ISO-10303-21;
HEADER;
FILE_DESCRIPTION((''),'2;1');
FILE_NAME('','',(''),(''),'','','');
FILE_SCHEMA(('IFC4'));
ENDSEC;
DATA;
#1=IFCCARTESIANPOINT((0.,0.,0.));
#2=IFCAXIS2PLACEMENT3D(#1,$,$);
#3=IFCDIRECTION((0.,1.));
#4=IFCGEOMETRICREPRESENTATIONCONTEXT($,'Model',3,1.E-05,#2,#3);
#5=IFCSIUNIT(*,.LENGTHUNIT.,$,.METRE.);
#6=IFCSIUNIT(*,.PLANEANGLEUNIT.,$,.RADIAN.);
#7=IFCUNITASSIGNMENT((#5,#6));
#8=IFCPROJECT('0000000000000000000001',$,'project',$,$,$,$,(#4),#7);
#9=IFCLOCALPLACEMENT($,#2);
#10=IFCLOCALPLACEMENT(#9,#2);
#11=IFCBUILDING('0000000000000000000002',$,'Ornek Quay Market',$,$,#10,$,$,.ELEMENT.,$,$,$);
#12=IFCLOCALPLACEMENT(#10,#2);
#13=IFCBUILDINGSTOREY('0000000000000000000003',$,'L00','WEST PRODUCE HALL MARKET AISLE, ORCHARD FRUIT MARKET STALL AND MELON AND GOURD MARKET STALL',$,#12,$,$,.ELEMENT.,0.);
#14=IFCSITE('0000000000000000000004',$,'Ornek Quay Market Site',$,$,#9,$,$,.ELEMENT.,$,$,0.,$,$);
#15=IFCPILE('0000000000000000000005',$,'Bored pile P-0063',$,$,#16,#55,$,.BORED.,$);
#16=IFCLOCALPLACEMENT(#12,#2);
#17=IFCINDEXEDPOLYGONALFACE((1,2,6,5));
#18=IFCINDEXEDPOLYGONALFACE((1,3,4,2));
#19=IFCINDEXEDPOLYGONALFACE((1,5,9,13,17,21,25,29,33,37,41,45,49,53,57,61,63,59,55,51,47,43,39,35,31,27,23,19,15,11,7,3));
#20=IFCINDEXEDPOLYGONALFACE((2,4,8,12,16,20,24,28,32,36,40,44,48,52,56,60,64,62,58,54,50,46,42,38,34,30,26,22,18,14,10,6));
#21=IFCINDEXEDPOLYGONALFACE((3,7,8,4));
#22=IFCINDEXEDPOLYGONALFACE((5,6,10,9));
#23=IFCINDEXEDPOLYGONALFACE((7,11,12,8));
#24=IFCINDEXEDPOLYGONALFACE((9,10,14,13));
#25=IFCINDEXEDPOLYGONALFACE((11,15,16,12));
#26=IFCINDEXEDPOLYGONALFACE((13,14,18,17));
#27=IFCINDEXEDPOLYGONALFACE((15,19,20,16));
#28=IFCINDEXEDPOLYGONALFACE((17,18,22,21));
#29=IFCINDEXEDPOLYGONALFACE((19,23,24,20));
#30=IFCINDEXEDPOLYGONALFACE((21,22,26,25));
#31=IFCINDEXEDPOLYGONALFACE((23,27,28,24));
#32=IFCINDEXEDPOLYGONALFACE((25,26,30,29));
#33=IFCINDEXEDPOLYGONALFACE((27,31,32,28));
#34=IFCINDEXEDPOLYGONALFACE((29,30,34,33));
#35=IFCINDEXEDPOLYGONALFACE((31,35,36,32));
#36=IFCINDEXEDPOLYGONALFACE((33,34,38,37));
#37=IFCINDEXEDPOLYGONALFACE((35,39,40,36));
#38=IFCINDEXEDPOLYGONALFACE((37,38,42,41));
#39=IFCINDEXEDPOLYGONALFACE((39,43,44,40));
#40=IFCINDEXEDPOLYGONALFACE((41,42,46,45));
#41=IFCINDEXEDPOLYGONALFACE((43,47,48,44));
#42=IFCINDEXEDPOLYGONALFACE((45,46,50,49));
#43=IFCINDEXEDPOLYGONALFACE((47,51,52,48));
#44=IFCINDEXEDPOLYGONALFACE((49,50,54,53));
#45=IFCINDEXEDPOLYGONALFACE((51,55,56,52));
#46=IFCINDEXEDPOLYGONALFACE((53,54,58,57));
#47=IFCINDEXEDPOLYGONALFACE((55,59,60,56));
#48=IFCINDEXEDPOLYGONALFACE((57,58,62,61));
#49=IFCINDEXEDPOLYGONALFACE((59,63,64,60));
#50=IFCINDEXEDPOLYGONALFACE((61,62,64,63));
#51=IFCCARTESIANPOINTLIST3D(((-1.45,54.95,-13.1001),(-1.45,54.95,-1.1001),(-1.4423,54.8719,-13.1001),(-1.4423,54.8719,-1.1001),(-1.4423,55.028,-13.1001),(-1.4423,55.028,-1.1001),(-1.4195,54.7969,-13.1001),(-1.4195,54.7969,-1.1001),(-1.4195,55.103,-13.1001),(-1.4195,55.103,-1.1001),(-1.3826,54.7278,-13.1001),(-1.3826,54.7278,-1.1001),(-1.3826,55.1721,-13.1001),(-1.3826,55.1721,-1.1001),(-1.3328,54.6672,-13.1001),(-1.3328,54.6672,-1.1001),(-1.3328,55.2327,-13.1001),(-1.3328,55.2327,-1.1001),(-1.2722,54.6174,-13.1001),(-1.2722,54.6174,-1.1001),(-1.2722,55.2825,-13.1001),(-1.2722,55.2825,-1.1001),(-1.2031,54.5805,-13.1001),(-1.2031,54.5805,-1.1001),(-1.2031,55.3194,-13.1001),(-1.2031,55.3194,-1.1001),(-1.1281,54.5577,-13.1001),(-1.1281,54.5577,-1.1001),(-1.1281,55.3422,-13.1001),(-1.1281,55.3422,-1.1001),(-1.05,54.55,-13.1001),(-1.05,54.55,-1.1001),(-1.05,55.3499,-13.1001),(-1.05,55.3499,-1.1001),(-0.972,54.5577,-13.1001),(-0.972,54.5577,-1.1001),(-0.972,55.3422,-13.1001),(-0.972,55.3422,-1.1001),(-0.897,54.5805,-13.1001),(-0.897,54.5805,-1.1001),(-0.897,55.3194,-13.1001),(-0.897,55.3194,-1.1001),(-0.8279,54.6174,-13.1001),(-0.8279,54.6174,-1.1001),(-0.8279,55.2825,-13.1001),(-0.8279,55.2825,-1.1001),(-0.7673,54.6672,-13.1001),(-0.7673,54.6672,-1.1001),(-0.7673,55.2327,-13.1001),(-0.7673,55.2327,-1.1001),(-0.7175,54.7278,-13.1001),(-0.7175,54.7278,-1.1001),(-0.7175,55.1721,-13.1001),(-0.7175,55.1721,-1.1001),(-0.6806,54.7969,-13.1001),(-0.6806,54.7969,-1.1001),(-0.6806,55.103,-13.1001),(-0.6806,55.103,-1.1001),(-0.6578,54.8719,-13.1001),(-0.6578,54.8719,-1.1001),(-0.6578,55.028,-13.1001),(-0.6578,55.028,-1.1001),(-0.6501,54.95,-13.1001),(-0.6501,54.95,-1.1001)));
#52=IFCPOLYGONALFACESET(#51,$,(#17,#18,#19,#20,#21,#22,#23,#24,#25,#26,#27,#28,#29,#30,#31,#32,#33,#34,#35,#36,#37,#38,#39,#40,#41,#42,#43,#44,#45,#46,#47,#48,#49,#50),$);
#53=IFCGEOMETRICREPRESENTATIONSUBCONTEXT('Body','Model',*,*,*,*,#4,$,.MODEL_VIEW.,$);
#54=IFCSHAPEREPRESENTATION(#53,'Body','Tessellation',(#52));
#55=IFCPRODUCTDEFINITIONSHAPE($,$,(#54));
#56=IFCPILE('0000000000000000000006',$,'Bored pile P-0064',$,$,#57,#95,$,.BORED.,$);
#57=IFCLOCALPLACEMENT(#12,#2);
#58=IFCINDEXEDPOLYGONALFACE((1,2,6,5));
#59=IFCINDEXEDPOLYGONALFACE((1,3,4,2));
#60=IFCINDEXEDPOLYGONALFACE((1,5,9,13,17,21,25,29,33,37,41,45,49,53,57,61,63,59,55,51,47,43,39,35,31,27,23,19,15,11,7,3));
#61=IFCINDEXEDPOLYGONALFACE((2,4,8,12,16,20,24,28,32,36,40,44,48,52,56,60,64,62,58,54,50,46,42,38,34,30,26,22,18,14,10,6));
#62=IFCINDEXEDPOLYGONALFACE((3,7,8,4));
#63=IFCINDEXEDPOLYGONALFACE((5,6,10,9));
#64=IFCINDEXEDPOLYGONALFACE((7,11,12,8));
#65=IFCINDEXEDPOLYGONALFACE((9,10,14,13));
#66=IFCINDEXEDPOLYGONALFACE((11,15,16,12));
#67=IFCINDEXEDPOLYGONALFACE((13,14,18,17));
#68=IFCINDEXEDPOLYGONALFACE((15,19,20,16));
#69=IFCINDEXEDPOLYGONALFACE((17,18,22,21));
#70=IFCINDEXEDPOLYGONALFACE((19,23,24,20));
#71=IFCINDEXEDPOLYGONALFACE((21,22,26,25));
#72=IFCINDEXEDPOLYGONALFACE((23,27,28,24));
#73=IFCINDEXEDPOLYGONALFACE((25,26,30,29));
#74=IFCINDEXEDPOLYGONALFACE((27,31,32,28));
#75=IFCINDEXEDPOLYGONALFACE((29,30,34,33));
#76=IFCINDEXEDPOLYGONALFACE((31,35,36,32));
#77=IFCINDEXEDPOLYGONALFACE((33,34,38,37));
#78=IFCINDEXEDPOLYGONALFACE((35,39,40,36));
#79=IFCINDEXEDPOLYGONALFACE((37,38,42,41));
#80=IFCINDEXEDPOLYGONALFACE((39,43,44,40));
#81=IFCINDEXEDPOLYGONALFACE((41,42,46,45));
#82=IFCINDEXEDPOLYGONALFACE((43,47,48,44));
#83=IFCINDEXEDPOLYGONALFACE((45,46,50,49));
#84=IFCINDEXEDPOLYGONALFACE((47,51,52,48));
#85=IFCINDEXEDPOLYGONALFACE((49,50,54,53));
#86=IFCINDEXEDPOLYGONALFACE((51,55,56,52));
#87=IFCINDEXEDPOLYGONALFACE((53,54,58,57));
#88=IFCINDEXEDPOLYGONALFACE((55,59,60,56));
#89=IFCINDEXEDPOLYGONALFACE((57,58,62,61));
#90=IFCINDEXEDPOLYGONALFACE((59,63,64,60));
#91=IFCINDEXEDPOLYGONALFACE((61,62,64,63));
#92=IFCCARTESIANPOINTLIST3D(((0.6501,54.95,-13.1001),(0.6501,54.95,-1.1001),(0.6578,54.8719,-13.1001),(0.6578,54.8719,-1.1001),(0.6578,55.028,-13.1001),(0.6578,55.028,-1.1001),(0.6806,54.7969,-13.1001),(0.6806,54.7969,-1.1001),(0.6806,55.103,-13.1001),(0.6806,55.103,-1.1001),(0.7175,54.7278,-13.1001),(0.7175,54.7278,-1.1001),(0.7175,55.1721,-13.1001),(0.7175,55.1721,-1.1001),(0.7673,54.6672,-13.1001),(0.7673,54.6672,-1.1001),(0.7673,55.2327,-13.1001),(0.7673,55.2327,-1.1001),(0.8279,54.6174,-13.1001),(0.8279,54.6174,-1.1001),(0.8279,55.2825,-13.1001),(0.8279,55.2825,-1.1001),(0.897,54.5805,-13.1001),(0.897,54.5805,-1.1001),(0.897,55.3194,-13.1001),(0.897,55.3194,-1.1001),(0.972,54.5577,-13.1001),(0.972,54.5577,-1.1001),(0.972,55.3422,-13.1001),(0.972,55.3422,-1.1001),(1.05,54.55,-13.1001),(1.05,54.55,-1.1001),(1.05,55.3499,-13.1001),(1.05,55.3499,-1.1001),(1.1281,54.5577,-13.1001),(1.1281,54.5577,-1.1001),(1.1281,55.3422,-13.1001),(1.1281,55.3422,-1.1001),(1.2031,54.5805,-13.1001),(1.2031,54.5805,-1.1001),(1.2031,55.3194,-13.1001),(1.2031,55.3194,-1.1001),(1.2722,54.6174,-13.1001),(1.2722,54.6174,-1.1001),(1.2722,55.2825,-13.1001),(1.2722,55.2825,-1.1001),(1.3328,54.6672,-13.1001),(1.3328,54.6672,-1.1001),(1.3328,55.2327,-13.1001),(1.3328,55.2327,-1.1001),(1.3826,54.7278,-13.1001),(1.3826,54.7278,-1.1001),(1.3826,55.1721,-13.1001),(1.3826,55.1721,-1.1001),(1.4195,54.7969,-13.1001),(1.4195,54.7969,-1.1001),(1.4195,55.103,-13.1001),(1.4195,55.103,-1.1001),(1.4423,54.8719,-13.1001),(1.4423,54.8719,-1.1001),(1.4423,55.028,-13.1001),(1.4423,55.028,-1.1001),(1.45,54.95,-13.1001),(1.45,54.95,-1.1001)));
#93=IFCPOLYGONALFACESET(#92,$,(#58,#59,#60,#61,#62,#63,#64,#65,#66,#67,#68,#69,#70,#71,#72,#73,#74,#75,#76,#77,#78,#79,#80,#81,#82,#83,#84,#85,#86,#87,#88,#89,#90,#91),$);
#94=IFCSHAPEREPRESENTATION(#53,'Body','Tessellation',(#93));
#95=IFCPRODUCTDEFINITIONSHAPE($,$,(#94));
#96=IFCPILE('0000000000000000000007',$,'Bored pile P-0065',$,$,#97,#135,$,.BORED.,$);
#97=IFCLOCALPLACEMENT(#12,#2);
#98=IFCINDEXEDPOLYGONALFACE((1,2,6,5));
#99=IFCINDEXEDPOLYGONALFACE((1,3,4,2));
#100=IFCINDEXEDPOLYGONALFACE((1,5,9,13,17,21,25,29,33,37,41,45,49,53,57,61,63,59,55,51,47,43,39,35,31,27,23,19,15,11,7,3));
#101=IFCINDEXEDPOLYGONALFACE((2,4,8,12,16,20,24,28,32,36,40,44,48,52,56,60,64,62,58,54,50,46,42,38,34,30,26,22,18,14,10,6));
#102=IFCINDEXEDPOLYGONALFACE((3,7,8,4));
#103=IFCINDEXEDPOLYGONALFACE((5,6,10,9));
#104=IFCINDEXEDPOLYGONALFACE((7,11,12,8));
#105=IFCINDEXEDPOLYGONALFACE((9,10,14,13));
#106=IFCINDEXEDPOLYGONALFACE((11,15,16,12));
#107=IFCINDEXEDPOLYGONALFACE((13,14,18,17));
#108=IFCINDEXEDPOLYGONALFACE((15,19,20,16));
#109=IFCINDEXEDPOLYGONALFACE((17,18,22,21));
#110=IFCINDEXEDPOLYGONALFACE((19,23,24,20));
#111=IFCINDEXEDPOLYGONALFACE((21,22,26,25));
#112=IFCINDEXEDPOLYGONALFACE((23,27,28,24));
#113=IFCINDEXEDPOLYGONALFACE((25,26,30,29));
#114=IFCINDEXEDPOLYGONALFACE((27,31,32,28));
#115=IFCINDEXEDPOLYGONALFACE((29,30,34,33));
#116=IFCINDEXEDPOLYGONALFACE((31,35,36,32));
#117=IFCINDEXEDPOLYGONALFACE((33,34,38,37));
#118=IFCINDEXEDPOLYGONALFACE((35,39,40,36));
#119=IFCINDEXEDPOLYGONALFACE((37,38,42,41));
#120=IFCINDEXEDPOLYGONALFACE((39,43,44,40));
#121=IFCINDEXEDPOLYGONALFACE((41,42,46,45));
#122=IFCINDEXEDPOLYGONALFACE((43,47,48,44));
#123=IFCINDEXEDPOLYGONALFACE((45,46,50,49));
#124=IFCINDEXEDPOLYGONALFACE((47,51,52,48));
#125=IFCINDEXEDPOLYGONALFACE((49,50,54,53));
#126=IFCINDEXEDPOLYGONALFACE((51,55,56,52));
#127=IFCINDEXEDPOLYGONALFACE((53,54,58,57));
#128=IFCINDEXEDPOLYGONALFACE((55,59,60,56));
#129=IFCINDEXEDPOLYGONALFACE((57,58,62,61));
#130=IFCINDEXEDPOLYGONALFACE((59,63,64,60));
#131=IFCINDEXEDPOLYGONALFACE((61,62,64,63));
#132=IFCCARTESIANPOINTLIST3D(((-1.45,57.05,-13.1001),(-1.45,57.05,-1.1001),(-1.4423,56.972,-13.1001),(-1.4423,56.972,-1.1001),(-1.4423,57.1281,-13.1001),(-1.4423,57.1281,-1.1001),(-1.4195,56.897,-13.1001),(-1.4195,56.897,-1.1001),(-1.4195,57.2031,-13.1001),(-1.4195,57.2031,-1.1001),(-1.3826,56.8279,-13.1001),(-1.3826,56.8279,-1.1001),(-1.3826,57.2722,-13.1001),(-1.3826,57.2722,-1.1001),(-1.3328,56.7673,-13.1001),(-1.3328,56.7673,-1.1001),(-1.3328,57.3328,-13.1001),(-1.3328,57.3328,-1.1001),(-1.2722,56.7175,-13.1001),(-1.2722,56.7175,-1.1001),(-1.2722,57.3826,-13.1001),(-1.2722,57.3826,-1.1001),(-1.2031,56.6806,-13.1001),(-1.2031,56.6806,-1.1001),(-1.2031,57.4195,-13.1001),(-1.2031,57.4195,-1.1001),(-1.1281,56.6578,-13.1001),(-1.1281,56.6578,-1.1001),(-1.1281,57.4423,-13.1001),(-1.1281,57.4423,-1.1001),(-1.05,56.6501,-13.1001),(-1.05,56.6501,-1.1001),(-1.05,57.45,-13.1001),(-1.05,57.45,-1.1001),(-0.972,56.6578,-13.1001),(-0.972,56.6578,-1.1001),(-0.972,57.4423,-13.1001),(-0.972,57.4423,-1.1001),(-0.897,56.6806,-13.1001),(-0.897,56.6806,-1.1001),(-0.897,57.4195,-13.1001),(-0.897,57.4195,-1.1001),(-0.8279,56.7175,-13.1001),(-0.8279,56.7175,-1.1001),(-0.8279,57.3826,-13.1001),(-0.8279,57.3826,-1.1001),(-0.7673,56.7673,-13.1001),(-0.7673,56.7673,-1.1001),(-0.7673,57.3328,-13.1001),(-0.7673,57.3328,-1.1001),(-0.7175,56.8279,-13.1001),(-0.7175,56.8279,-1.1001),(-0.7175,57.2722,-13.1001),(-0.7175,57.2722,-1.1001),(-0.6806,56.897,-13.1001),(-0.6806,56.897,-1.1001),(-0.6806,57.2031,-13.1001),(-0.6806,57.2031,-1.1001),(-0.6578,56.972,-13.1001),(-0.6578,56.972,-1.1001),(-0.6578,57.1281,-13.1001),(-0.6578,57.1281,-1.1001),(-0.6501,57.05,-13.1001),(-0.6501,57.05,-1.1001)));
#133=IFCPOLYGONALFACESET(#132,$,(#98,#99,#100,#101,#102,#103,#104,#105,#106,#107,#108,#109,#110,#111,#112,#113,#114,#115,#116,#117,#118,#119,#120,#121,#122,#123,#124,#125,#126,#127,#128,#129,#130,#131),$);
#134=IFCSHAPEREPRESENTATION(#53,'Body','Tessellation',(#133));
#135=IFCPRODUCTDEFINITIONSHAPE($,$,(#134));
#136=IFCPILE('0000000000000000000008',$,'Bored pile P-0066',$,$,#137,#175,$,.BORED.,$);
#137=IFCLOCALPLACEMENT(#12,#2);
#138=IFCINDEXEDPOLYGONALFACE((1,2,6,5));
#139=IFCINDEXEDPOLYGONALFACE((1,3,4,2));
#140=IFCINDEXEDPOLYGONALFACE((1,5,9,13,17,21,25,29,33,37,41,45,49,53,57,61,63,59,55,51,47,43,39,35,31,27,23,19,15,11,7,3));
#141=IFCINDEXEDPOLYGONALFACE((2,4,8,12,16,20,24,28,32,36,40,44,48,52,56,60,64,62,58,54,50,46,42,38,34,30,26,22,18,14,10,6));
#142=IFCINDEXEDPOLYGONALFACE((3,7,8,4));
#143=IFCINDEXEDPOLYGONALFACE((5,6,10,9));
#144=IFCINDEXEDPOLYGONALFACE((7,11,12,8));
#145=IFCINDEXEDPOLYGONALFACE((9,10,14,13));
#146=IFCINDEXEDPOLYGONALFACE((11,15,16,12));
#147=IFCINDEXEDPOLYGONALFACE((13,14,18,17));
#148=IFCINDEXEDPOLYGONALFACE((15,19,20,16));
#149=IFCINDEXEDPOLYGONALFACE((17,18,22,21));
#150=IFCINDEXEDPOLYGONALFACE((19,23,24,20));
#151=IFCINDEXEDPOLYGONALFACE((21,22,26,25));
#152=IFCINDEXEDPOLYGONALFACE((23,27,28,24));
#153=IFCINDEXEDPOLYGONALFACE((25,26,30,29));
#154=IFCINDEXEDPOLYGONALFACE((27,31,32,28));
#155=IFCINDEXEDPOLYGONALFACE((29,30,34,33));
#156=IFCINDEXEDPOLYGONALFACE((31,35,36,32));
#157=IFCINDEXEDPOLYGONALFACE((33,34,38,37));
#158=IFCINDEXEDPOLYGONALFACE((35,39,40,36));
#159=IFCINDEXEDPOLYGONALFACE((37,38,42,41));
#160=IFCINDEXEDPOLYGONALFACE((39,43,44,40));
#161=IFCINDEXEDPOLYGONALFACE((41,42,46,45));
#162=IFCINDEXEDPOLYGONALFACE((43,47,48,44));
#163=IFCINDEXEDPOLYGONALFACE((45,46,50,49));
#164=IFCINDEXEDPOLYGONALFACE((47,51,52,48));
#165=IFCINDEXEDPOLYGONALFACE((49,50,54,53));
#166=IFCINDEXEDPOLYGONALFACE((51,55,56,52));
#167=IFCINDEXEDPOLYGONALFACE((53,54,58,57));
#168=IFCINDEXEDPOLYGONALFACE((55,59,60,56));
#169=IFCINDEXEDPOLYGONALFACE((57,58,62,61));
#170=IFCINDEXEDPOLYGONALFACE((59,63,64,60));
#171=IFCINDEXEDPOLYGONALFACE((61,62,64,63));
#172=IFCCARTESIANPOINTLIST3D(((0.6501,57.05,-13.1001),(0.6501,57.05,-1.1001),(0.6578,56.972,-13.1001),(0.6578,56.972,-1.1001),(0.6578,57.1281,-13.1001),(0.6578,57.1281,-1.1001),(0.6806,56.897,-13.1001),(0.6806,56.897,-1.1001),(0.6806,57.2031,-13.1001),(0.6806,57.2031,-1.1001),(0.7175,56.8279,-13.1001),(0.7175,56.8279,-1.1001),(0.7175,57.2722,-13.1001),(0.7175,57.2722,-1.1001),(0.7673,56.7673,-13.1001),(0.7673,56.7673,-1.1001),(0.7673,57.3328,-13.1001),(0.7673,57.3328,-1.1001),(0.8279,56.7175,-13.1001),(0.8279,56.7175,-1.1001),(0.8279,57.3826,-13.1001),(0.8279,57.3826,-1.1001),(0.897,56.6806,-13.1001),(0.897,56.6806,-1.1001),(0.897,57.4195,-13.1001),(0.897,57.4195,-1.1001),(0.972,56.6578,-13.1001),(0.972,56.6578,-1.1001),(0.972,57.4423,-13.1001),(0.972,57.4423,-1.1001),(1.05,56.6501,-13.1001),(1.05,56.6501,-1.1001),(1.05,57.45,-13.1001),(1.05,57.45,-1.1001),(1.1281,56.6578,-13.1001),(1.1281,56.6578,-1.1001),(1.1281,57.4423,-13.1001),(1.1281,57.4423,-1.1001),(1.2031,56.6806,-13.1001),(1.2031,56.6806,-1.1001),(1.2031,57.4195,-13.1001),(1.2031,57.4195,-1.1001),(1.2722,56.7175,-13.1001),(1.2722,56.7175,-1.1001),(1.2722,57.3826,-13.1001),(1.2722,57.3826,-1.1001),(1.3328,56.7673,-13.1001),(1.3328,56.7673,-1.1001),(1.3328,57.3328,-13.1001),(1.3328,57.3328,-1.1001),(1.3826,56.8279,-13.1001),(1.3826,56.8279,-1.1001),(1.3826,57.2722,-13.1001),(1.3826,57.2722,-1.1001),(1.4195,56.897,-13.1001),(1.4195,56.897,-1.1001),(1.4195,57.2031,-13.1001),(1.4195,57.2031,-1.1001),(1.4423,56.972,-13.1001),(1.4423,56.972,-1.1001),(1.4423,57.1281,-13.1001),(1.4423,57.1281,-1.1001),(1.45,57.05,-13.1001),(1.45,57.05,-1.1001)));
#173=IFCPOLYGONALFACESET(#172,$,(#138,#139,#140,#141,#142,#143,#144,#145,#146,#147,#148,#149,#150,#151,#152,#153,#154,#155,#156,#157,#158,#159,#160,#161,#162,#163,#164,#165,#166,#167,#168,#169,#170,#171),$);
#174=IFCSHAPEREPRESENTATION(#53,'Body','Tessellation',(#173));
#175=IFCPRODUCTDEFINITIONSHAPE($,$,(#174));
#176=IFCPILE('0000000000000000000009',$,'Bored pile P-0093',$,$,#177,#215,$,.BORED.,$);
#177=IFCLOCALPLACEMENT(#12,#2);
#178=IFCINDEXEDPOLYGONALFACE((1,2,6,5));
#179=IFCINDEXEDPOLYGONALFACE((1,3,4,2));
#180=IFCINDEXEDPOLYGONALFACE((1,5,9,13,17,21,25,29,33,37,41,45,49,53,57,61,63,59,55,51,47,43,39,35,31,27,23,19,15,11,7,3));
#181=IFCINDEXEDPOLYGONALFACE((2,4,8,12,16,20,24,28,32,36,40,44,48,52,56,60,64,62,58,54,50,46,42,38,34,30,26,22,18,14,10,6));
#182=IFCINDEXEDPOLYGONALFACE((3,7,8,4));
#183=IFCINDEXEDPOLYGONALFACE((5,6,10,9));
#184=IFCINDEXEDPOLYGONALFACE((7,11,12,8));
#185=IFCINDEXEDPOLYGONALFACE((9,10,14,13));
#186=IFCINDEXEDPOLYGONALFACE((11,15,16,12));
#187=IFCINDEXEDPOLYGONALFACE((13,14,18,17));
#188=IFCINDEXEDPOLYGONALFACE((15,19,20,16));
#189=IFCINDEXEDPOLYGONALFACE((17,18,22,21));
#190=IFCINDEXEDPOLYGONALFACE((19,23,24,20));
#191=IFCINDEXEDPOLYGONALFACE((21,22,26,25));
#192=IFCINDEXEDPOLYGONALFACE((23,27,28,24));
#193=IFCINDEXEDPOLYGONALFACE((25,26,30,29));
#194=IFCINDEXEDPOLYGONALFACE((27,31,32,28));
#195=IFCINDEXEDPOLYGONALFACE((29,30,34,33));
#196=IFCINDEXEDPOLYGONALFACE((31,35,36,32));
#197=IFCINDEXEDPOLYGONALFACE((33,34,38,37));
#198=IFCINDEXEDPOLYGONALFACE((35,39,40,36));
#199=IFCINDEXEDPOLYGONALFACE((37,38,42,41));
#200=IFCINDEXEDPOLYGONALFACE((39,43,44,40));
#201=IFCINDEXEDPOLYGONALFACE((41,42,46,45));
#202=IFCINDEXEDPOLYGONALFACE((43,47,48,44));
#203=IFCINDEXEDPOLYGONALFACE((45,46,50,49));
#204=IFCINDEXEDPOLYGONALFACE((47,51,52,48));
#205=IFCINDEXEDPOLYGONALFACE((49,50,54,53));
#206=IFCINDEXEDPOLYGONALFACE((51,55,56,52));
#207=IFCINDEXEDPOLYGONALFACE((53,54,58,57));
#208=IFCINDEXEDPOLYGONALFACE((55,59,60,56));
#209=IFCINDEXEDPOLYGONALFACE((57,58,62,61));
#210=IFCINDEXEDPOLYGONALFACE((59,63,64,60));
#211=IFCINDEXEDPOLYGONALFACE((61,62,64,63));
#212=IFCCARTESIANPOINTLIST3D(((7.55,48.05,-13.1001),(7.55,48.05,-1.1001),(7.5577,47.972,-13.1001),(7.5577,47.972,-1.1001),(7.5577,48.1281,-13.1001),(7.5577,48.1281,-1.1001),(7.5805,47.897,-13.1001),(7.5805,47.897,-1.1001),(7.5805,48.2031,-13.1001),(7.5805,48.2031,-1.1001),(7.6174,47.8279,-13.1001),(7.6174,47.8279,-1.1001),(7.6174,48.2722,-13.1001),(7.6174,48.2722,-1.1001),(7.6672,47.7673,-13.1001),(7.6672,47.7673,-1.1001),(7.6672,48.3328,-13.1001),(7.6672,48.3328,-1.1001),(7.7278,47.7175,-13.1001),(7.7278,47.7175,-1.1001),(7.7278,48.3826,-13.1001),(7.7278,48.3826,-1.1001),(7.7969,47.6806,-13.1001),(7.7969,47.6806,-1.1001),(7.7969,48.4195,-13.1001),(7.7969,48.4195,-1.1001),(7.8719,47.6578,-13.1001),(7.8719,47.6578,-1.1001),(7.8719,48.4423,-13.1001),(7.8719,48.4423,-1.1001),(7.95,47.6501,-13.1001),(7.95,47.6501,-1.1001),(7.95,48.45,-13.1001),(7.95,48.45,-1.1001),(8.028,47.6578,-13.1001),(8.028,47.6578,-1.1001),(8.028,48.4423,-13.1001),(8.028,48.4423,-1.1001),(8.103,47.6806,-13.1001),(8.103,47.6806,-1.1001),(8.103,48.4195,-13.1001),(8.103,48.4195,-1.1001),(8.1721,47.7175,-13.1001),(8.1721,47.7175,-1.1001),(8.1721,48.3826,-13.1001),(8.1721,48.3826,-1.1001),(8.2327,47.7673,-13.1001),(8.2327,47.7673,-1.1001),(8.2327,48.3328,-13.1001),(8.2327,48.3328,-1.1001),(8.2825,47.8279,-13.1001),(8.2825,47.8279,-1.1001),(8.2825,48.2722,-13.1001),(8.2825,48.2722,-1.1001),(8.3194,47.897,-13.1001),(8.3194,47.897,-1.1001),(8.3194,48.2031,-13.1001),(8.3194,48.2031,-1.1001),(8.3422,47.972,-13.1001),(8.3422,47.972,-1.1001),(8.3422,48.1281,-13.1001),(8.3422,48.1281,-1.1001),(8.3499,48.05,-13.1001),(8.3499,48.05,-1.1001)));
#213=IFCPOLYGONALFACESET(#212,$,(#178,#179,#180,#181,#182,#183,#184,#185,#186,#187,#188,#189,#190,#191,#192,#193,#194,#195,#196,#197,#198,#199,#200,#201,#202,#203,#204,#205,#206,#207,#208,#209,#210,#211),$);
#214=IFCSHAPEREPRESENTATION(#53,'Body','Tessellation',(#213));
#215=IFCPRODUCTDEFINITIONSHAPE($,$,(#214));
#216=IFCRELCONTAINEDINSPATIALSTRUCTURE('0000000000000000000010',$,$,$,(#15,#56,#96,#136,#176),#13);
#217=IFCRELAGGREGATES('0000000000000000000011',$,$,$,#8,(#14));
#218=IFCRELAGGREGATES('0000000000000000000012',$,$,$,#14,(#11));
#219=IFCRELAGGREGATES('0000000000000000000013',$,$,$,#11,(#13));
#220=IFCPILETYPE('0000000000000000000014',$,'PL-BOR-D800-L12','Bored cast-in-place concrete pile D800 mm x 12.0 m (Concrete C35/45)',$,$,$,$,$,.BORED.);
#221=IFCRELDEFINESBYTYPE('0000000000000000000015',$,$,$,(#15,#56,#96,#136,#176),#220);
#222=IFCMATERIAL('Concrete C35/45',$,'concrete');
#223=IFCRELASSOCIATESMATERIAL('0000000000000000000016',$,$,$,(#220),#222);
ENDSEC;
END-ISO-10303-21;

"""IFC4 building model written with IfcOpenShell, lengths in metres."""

from ifc_helpers import new_model, si_unit, direction, frame, origin, origin_2d, place, context, subcontext, project, spatial, circle, extrude, material, material_profile, profile_set, type_object, element, save


model = new_model("IFC4")

# Units and contexts
model_context = context("Model", 3, precision=1e-05, world=origin(), true_north=direction((0.0, 1.0)))
body_context = subcontext(model_context, "Body", "Model", "MODEL_VIEW")
ifc_project = project(units=[si_unit("LENGTHUNIT", "METRE"), si_unit("PLANEANGLEUNIT", "RADIAN")], contexts=[model_context])

# Site, building, storey
site_placement = place(None, origin())
site = spatial("IfcSite", under=ifc_project, at=site_placement, Name="Ornek Quay Market Site", CompositionType="ELEMENT", RefElevation=0.0)
building_placement = place(site_placement, origin())
building = spatial("IfcBuilding", under=site, at=building_placement, Name="Ornek Quay Market", CompositionType="ELEMENT")
storey_placement = place(building_placement, origin())
storey = spatial("IfcBuildingStorey", under=building, at=storey_placement, Name="L00", Description="WEST PRODUCE HALL MARKET AISLE, ORCHARD FRUIT MARKET STALL AND MELON AND GOURD MARKET STALL", CompositionType="ELEMENT", Elevation=0.0)

# Piles
ifc_material_1 = material(Name="Concrete C35/45", Category="concrete")
ifc_material_profile_1 = material_profile(ifc_material_1, circle(Radius=0.3999, at=origin_2d()), Name="PILE D800", Category="concrete")
ifc_profile_set_1 = profile_set([ifc_material_profile_1], Name="Concrete C35/45")
pile_type = type_object("IfcPileType", Name="PL-BOR-D800-L12", Description="Bored cast-in-place concrete pile D800 mm x 12.0 m (Concrete C35/45)", PredefinedType="BORED", material=ifc_profile_set_1)
for number, where, z_axis, x_axis, name in (
    (1, (-1.05, 54.95, -1.1001), (0.0, 0.0, -1.0), (1.0, 0.0, 0.0), "Bored pile P-0063"),
    (2, (1.05, 54.95, -1.1001), (0.0, 0.0, -1.0), (1.0, 0.0, 0.0), "Bored pile P-0064"),
    (3, (-1.05, 57.05, -1.1001), (0.0, 0.0, -1.0), (1.0, 0.0, 0.0), "Bored pile P-0065"),
    (4, (1.05, 57.05, -1.1001), (0.0, 0.0, -1.0), (1.0, 0.0, 0.0), "Bored pile P-0066"),
    (5, (7.95, 48.05, -1.1001), (0.0, 0.0, -1.0), (1.0, 0.0, 0.0), "Bored pile P-0093"),
):
    element("IfcPile", number, at=place(storey_placement, frame(where, z_axis=z_axis, x_axis=x_axis)), inside=storey, type_object=pile_type, Name=name, PredefinedType="BORED", context=body_context, shape_type="SweptSolid", body=[
        extrude(circle(Radius=0.3999, at=origin_2d()), origin(), (0.0, 0.0, 1.0), 12.0),
    ])

save(model, "model.ifc")
